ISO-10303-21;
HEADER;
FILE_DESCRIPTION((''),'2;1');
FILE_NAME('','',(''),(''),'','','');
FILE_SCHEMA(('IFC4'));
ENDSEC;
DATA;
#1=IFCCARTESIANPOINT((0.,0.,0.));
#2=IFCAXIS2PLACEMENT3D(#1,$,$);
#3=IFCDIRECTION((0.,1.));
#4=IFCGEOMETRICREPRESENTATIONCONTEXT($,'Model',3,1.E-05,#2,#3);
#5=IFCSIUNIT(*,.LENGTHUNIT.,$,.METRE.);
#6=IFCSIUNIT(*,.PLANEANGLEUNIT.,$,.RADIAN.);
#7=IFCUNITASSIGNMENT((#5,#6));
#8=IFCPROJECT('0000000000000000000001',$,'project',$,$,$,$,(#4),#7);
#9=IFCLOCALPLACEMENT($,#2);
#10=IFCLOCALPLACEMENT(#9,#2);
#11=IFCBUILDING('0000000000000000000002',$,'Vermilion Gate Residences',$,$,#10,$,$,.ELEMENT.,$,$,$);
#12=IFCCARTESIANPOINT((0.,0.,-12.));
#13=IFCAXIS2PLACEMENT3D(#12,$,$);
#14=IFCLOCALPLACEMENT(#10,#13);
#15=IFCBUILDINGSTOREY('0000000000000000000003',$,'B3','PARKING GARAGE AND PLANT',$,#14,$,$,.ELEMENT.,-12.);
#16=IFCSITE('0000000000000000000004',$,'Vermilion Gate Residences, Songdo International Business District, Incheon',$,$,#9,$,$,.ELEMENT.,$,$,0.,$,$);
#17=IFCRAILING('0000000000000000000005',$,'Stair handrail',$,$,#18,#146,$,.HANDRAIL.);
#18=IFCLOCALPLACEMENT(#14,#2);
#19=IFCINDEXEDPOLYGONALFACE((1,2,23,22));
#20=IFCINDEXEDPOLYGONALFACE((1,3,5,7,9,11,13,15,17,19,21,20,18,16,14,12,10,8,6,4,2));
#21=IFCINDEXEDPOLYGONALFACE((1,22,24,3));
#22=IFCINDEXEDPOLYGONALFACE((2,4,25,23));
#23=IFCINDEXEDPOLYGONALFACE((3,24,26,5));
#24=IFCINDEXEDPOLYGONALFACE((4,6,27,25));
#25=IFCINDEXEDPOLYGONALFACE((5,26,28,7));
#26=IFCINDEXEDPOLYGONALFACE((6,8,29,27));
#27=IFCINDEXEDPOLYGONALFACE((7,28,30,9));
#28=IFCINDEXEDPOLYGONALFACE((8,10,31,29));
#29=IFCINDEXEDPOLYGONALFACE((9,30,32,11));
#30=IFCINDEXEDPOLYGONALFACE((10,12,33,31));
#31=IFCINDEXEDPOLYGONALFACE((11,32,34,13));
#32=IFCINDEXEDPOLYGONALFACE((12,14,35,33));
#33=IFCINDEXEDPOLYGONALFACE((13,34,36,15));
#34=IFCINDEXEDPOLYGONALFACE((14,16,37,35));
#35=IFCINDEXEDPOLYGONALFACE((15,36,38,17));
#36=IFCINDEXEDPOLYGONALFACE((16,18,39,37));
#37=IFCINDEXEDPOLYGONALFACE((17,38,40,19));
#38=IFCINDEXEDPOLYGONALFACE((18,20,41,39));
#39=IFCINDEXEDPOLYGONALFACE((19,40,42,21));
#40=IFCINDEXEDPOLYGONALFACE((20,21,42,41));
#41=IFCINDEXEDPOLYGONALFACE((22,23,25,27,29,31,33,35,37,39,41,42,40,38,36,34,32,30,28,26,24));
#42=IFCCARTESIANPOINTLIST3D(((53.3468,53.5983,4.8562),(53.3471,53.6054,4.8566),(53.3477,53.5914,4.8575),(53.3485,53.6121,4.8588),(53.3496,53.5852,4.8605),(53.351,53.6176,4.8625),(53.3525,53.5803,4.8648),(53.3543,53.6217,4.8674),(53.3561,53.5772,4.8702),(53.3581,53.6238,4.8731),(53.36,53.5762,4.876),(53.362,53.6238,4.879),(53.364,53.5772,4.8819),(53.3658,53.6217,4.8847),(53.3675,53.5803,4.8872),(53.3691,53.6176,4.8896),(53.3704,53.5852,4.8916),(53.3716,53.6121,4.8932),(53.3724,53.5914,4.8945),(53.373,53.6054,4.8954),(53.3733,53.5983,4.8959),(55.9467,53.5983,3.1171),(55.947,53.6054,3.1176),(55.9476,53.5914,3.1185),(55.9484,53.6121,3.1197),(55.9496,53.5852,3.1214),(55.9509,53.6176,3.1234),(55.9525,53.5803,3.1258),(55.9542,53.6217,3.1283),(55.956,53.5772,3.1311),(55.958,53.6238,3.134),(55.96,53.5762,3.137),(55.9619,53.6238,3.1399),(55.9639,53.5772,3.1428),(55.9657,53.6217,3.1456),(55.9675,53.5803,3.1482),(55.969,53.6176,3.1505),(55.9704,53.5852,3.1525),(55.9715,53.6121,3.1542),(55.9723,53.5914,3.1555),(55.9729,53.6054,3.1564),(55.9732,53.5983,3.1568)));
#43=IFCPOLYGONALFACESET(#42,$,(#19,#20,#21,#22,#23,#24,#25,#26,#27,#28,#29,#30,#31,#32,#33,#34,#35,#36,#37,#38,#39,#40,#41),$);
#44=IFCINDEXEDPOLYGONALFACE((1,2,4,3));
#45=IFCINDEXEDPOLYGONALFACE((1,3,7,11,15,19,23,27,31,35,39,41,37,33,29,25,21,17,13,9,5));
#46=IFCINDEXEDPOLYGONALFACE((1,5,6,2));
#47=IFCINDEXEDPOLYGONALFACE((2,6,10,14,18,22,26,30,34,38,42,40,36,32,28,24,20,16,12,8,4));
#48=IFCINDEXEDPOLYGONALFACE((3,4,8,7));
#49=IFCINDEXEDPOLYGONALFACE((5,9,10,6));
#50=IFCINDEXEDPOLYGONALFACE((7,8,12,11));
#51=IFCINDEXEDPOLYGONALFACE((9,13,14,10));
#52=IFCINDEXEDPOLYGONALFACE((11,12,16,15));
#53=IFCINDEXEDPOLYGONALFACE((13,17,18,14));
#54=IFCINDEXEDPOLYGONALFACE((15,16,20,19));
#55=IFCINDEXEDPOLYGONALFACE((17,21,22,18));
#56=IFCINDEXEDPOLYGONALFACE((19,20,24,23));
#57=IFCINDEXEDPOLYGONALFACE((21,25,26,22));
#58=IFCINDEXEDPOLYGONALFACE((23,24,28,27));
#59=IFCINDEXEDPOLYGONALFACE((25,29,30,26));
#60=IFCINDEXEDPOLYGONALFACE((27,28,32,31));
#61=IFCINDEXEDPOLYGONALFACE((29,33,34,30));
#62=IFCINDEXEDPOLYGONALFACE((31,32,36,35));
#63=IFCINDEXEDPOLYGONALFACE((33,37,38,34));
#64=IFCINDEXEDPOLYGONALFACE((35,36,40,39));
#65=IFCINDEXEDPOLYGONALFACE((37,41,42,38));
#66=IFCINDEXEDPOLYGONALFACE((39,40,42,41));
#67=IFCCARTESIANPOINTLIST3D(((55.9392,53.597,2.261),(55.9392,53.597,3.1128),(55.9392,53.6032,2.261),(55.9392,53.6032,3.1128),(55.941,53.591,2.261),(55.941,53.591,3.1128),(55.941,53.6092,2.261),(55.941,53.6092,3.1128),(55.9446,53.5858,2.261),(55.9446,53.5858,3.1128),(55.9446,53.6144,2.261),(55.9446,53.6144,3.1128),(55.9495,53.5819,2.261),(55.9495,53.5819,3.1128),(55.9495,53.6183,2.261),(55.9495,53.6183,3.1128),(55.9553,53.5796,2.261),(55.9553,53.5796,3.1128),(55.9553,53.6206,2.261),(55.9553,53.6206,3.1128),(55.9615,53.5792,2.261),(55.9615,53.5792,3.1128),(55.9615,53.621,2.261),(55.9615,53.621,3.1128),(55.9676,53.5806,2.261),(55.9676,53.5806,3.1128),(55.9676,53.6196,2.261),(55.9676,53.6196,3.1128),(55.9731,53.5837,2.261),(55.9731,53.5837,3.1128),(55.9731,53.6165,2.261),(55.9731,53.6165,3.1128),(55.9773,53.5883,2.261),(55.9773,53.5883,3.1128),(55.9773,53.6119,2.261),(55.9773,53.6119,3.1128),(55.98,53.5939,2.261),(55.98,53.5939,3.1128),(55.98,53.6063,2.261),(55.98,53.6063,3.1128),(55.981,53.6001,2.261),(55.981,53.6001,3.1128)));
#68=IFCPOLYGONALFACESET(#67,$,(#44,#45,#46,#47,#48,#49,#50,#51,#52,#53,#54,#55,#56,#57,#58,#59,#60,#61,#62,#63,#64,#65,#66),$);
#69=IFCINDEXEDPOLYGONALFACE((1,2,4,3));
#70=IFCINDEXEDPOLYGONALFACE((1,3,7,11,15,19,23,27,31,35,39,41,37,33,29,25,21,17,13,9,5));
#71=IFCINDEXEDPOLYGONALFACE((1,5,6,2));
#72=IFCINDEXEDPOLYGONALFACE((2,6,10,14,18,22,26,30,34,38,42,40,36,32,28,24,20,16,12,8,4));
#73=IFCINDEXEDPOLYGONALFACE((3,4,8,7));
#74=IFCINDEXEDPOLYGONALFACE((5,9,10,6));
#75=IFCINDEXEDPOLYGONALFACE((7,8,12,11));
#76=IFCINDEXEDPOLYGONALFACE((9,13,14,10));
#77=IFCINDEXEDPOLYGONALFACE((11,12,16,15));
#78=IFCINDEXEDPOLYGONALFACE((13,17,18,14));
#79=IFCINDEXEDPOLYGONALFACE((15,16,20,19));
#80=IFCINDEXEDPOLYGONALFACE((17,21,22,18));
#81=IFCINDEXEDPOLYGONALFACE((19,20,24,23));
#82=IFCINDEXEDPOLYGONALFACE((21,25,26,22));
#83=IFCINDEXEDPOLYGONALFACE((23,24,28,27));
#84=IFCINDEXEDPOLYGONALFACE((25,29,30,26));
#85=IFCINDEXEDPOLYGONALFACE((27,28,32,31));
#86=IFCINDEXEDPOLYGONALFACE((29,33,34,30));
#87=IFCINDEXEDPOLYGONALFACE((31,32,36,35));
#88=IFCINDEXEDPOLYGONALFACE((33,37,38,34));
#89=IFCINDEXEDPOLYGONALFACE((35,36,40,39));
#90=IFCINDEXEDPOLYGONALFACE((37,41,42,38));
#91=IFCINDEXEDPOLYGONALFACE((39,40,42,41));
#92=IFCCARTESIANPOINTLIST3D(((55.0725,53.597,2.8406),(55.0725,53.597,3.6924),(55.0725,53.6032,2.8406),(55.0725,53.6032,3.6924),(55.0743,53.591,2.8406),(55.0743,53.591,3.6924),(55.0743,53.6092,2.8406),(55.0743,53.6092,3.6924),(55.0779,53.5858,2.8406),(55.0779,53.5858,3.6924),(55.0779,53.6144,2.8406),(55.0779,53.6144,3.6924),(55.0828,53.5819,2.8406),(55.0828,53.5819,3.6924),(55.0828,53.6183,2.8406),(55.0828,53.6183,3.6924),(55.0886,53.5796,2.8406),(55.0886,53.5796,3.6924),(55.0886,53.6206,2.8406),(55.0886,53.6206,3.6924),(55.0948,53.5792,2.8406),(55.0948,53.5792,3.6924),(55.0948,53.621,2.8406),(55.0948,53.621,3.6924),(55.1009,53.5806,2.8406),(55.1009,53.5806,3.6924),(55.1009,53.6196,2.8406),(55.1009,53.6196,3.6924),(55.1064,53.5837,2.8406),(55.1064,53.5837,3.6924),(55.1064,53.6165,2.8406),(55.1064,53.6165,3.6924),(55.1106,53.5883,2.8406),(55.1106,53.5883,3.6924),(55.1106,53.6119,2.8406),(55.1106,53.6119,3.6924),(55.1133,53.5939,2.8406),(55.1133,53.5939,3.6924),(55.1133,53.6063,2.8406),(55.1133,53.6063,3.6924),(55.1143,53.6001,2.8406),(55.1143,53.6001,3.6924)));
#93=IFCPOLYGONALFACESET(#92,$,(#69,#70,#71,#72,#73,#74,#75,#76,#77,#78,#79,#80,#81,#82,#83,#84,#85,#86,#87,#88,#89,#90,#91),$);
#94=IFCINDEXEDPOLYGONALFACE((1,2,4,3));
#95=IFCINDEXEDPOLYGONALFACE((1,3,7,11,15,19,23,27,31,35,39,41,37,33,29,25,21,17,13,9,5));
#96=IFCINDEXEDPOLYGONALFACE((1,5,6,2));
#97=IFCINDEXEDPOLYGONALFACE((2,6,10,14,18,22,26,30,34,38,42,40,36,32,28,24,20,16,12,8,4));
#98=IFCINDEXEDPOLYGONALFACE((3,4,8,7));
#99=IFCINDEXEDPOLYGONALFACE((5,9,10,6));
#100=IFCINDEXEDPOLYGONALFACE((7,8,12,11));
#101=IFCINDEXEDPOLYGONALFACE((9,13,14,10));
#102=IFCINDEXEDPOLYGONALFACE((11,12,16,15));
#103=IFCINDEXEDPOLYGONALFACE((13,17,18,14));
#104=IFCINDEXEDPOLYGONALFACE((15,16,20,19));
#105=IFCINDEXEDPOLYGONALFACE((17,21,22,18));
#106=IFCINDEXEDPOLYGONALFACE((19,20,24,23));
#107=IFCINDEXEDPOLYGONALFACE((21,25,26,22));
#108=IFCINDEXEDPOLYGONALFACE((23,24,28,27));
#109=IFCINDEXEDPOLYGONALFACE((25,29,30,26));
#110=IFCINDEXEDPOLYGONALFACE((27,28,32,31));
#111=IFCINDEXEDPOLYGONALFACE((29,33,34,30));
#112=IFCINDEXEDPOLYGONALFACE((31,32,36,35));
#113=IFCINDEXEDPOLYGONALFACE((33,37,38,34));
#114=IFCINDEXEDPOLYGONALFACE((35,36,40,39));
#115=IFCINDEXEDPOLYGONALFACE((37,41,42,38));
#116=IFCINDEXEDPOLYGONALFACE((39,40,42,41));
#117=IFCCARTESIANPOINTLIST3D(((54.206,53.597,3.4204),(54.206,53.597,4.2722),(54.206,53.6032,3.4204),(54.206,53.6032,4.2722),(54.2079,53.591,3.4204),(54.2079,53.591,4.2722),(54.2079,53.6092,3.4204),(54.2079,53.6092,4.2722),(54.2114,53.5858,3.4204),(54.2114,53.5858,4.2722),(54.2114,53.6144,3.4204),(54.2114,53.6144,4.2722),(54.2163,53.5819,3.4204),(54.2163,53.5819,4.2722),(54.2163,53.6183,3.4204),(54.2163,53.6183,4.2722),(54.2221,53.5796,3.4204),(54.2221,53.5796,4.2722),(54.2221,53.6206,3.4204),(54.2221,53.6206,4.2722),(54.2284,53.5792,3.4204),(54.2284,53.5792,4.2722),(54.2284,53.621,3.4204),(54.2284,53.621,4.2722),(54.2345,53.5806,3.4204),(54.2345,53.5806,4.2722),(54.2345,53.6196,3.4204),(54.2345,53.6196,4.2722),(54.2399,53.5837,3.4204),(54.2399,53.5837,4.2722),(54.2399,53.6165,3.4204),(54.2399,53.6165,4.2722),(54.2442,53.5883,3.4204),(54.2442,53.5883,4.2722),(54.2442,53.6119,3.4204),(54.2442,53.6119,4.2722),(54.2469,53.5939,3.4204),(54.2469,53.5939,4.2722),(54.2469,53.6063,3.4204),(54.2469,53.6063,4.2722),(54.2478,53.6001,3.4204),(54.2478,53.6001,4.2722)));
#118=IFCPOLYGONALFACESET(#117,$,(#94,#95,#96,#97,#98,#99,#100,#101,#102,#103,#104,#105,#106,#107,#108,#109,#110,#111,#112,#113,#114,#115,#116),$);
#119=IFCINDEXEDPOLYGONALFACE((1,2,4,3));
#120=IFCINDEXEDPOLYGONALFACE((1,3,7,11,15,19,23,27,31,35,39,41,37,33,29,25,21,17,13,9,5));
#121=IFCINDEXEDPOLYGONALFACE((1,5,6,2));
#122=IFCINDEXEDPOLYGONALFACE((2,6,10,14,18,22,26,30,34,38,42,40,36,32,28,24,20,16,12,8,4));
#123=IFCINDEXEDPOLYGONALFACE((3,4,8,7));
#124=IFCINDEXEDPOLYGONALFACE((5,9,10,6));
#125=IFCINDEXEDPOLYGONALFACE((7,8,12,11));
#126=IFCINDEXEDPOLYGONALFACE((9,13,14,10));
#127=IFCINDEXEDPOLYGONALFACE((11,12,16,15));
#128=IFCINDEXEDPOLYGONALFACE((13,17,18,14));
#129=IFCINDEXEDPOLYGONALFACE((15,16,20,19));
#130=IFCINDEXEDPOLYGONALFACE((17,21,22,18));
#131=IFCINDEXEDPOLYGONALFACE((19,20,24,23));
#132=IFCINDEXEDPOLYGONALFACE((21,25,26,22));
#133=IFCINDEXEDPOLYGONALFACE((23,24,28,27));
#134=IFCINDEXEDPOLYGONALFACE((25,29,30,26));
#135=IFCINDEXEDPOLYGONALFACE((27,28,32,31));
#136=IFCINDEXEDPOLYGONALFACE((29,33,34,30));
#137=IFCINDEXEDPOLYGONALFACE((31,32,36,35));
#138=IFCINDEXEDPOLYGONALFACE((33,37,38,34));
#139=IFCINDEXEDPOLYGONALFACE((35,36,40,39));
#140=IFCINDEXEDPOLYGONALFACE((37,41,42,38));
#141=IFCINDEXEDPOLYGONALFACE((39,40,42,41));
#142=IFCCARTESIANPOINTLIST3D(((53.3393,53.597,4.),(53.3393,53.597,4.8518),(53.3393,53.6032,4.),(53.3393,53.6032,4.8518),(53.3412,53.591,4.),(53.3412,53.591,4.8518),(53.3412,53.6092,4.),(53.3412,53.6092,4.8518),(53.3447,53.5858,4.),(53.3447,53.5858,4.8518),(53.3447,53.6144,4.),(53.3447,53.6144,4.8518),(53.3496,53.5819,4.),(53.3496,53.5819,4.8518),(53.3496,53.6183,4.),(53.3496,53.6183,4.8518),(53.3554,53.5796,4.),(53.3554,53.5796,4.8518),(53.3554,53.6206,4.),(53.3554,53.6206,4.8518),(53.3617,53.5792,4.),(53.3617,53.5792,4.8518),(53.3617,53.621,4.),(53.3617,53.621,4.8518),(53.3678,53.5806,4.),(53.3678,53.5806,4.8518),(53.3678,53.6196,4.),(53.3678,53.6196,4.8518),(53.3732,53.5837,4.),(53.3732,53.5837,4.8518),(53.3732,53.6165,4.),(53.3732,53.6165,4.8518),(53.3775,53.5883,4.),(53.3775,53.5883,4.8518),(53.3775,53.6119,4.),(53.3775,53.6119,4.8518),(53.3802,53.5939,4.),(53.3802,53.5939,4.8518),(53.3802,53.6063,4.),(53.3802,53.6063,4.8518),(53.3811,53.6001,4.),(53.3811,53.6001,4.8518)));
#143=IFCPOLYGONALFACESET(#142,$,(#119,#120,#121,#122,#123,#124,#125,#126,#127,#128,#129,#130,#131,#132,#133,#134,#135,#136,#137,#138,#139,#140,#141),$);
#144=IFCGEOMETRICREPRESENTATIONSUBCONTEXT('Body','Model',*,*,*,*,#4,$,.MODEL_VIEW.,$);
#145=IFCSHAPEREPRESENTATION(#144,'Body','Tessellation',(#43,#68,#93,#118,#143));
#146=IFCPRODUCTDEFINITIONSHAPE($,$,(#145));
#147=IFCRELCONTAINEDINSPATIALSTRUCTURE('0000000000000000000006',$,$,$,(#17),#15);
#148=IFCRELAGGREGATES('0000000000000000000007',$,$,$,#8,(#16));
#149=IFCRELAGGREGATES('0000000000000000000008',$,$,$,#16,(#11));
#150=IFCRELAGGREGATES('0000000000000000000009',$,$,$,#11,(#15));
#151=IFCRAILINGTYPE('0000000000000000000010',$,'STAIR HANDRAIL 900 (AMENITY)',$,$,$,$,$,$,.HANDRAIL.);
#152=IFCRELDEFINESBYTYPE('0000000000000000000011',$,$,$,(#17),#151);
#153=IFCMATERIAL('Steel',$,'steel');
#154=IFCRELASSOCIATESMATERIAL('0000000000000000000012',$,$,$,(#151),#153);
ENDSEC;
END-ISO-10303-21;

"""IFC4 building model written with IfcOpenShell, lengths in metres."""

from ifc_helpers import new_model, si_unit, direction, frame, origin, origin_2d, place, context, subcontext, project, spatial, circle, extrude, material, type_object, element, save


model = new_model("IFC4")

# Units and contexts
model_context = context("Model", 3, precision=1e-05, world=origin(), true_north=direction((0.0, 1.0)))
body_context = subcontext(model_context, "Body", "Model", "MODEL_VIEW")
ifc_project = project(units=[si_unit("LENGTHUNIT", "METRE"), si_unit("PLANEANGLEUNIT", "RADIAN")], contexts=[model_context])

# Site, building, storey
site_placement = place(None, origin())
site = spatial("IfcSite", under=ifc_project, at=site_placement, Name="Vermilion Gate Residences, Songdo International Business District, Incheon", CompositionType="ELEMENT", RefElevation=0.0)
building_placement = place(site_placement, origin())
building = spatial("IfcBuilding", under=site, at=building_placement, Name="Vermilion Gate Residences", CompositionType="ELEMENT")
storey_placement = place(building_placement, frame((0.0, 0.0, -12.0)))
storey = spatial("IfcBuildingStorey", under=building, at=storey_placement, Name="B3", Description="PARKING GARAGE AND PLANT", CompositionType="ELEMENT", Elevation=-12.0)

# Railing
ifc_material_1 = material(Name="Steel", Category="steel")
railing_type = type_object("IfcRailingType", Name="STAIR HANDRAIL 900 (AMENITY)", PredefinedType="HANDRAIL", material=ifc_material_1)
railing_1_placement = place(storey_placement, frame((55.96, 53.6001, 2.261)))
element("IfcRailing", 1, at=railing_1_placement, inside=storey, type_object=railing_type, Name="Stair handrail", PredefinedType="HANDRAIL", context=body_context, shape_type="SweptSolid", body=[
    extrude(circle(Radius=0.0239, at=origin_2d()), frame((0.0, 0.0, 0.876), z_axis=(-0.831197, 0.0, 0.555978), x_axis=(0.0, -1.0, 0.0)), (0.0, 0.0, 1.0), 3.1279),
    extrude(circle(Radius=0.021, at=origin_2d()), origin(), (0.0, 0.0, 1.0), 0.8518),
    extrude(circle(Radius=0.021, at=origin_2d()), frame((-0.8667, 0.0, 0.5796)), (0.0, 0.0, 1.0), 0.8518),
    extrude(circle(Radius=0.021, at=origin_2d()), frame((-1.7332, 0.0, 1.1594)), (0.0, 0.0, 1.0), 0.8518),
    extrude(circle(Radius=0.021, at=origin_2d()), frame((-2.5999, 0.0, 1.739)), (0.0, 0.0, 1.0), 0.8518),
])

save(model, "model.ifc")
